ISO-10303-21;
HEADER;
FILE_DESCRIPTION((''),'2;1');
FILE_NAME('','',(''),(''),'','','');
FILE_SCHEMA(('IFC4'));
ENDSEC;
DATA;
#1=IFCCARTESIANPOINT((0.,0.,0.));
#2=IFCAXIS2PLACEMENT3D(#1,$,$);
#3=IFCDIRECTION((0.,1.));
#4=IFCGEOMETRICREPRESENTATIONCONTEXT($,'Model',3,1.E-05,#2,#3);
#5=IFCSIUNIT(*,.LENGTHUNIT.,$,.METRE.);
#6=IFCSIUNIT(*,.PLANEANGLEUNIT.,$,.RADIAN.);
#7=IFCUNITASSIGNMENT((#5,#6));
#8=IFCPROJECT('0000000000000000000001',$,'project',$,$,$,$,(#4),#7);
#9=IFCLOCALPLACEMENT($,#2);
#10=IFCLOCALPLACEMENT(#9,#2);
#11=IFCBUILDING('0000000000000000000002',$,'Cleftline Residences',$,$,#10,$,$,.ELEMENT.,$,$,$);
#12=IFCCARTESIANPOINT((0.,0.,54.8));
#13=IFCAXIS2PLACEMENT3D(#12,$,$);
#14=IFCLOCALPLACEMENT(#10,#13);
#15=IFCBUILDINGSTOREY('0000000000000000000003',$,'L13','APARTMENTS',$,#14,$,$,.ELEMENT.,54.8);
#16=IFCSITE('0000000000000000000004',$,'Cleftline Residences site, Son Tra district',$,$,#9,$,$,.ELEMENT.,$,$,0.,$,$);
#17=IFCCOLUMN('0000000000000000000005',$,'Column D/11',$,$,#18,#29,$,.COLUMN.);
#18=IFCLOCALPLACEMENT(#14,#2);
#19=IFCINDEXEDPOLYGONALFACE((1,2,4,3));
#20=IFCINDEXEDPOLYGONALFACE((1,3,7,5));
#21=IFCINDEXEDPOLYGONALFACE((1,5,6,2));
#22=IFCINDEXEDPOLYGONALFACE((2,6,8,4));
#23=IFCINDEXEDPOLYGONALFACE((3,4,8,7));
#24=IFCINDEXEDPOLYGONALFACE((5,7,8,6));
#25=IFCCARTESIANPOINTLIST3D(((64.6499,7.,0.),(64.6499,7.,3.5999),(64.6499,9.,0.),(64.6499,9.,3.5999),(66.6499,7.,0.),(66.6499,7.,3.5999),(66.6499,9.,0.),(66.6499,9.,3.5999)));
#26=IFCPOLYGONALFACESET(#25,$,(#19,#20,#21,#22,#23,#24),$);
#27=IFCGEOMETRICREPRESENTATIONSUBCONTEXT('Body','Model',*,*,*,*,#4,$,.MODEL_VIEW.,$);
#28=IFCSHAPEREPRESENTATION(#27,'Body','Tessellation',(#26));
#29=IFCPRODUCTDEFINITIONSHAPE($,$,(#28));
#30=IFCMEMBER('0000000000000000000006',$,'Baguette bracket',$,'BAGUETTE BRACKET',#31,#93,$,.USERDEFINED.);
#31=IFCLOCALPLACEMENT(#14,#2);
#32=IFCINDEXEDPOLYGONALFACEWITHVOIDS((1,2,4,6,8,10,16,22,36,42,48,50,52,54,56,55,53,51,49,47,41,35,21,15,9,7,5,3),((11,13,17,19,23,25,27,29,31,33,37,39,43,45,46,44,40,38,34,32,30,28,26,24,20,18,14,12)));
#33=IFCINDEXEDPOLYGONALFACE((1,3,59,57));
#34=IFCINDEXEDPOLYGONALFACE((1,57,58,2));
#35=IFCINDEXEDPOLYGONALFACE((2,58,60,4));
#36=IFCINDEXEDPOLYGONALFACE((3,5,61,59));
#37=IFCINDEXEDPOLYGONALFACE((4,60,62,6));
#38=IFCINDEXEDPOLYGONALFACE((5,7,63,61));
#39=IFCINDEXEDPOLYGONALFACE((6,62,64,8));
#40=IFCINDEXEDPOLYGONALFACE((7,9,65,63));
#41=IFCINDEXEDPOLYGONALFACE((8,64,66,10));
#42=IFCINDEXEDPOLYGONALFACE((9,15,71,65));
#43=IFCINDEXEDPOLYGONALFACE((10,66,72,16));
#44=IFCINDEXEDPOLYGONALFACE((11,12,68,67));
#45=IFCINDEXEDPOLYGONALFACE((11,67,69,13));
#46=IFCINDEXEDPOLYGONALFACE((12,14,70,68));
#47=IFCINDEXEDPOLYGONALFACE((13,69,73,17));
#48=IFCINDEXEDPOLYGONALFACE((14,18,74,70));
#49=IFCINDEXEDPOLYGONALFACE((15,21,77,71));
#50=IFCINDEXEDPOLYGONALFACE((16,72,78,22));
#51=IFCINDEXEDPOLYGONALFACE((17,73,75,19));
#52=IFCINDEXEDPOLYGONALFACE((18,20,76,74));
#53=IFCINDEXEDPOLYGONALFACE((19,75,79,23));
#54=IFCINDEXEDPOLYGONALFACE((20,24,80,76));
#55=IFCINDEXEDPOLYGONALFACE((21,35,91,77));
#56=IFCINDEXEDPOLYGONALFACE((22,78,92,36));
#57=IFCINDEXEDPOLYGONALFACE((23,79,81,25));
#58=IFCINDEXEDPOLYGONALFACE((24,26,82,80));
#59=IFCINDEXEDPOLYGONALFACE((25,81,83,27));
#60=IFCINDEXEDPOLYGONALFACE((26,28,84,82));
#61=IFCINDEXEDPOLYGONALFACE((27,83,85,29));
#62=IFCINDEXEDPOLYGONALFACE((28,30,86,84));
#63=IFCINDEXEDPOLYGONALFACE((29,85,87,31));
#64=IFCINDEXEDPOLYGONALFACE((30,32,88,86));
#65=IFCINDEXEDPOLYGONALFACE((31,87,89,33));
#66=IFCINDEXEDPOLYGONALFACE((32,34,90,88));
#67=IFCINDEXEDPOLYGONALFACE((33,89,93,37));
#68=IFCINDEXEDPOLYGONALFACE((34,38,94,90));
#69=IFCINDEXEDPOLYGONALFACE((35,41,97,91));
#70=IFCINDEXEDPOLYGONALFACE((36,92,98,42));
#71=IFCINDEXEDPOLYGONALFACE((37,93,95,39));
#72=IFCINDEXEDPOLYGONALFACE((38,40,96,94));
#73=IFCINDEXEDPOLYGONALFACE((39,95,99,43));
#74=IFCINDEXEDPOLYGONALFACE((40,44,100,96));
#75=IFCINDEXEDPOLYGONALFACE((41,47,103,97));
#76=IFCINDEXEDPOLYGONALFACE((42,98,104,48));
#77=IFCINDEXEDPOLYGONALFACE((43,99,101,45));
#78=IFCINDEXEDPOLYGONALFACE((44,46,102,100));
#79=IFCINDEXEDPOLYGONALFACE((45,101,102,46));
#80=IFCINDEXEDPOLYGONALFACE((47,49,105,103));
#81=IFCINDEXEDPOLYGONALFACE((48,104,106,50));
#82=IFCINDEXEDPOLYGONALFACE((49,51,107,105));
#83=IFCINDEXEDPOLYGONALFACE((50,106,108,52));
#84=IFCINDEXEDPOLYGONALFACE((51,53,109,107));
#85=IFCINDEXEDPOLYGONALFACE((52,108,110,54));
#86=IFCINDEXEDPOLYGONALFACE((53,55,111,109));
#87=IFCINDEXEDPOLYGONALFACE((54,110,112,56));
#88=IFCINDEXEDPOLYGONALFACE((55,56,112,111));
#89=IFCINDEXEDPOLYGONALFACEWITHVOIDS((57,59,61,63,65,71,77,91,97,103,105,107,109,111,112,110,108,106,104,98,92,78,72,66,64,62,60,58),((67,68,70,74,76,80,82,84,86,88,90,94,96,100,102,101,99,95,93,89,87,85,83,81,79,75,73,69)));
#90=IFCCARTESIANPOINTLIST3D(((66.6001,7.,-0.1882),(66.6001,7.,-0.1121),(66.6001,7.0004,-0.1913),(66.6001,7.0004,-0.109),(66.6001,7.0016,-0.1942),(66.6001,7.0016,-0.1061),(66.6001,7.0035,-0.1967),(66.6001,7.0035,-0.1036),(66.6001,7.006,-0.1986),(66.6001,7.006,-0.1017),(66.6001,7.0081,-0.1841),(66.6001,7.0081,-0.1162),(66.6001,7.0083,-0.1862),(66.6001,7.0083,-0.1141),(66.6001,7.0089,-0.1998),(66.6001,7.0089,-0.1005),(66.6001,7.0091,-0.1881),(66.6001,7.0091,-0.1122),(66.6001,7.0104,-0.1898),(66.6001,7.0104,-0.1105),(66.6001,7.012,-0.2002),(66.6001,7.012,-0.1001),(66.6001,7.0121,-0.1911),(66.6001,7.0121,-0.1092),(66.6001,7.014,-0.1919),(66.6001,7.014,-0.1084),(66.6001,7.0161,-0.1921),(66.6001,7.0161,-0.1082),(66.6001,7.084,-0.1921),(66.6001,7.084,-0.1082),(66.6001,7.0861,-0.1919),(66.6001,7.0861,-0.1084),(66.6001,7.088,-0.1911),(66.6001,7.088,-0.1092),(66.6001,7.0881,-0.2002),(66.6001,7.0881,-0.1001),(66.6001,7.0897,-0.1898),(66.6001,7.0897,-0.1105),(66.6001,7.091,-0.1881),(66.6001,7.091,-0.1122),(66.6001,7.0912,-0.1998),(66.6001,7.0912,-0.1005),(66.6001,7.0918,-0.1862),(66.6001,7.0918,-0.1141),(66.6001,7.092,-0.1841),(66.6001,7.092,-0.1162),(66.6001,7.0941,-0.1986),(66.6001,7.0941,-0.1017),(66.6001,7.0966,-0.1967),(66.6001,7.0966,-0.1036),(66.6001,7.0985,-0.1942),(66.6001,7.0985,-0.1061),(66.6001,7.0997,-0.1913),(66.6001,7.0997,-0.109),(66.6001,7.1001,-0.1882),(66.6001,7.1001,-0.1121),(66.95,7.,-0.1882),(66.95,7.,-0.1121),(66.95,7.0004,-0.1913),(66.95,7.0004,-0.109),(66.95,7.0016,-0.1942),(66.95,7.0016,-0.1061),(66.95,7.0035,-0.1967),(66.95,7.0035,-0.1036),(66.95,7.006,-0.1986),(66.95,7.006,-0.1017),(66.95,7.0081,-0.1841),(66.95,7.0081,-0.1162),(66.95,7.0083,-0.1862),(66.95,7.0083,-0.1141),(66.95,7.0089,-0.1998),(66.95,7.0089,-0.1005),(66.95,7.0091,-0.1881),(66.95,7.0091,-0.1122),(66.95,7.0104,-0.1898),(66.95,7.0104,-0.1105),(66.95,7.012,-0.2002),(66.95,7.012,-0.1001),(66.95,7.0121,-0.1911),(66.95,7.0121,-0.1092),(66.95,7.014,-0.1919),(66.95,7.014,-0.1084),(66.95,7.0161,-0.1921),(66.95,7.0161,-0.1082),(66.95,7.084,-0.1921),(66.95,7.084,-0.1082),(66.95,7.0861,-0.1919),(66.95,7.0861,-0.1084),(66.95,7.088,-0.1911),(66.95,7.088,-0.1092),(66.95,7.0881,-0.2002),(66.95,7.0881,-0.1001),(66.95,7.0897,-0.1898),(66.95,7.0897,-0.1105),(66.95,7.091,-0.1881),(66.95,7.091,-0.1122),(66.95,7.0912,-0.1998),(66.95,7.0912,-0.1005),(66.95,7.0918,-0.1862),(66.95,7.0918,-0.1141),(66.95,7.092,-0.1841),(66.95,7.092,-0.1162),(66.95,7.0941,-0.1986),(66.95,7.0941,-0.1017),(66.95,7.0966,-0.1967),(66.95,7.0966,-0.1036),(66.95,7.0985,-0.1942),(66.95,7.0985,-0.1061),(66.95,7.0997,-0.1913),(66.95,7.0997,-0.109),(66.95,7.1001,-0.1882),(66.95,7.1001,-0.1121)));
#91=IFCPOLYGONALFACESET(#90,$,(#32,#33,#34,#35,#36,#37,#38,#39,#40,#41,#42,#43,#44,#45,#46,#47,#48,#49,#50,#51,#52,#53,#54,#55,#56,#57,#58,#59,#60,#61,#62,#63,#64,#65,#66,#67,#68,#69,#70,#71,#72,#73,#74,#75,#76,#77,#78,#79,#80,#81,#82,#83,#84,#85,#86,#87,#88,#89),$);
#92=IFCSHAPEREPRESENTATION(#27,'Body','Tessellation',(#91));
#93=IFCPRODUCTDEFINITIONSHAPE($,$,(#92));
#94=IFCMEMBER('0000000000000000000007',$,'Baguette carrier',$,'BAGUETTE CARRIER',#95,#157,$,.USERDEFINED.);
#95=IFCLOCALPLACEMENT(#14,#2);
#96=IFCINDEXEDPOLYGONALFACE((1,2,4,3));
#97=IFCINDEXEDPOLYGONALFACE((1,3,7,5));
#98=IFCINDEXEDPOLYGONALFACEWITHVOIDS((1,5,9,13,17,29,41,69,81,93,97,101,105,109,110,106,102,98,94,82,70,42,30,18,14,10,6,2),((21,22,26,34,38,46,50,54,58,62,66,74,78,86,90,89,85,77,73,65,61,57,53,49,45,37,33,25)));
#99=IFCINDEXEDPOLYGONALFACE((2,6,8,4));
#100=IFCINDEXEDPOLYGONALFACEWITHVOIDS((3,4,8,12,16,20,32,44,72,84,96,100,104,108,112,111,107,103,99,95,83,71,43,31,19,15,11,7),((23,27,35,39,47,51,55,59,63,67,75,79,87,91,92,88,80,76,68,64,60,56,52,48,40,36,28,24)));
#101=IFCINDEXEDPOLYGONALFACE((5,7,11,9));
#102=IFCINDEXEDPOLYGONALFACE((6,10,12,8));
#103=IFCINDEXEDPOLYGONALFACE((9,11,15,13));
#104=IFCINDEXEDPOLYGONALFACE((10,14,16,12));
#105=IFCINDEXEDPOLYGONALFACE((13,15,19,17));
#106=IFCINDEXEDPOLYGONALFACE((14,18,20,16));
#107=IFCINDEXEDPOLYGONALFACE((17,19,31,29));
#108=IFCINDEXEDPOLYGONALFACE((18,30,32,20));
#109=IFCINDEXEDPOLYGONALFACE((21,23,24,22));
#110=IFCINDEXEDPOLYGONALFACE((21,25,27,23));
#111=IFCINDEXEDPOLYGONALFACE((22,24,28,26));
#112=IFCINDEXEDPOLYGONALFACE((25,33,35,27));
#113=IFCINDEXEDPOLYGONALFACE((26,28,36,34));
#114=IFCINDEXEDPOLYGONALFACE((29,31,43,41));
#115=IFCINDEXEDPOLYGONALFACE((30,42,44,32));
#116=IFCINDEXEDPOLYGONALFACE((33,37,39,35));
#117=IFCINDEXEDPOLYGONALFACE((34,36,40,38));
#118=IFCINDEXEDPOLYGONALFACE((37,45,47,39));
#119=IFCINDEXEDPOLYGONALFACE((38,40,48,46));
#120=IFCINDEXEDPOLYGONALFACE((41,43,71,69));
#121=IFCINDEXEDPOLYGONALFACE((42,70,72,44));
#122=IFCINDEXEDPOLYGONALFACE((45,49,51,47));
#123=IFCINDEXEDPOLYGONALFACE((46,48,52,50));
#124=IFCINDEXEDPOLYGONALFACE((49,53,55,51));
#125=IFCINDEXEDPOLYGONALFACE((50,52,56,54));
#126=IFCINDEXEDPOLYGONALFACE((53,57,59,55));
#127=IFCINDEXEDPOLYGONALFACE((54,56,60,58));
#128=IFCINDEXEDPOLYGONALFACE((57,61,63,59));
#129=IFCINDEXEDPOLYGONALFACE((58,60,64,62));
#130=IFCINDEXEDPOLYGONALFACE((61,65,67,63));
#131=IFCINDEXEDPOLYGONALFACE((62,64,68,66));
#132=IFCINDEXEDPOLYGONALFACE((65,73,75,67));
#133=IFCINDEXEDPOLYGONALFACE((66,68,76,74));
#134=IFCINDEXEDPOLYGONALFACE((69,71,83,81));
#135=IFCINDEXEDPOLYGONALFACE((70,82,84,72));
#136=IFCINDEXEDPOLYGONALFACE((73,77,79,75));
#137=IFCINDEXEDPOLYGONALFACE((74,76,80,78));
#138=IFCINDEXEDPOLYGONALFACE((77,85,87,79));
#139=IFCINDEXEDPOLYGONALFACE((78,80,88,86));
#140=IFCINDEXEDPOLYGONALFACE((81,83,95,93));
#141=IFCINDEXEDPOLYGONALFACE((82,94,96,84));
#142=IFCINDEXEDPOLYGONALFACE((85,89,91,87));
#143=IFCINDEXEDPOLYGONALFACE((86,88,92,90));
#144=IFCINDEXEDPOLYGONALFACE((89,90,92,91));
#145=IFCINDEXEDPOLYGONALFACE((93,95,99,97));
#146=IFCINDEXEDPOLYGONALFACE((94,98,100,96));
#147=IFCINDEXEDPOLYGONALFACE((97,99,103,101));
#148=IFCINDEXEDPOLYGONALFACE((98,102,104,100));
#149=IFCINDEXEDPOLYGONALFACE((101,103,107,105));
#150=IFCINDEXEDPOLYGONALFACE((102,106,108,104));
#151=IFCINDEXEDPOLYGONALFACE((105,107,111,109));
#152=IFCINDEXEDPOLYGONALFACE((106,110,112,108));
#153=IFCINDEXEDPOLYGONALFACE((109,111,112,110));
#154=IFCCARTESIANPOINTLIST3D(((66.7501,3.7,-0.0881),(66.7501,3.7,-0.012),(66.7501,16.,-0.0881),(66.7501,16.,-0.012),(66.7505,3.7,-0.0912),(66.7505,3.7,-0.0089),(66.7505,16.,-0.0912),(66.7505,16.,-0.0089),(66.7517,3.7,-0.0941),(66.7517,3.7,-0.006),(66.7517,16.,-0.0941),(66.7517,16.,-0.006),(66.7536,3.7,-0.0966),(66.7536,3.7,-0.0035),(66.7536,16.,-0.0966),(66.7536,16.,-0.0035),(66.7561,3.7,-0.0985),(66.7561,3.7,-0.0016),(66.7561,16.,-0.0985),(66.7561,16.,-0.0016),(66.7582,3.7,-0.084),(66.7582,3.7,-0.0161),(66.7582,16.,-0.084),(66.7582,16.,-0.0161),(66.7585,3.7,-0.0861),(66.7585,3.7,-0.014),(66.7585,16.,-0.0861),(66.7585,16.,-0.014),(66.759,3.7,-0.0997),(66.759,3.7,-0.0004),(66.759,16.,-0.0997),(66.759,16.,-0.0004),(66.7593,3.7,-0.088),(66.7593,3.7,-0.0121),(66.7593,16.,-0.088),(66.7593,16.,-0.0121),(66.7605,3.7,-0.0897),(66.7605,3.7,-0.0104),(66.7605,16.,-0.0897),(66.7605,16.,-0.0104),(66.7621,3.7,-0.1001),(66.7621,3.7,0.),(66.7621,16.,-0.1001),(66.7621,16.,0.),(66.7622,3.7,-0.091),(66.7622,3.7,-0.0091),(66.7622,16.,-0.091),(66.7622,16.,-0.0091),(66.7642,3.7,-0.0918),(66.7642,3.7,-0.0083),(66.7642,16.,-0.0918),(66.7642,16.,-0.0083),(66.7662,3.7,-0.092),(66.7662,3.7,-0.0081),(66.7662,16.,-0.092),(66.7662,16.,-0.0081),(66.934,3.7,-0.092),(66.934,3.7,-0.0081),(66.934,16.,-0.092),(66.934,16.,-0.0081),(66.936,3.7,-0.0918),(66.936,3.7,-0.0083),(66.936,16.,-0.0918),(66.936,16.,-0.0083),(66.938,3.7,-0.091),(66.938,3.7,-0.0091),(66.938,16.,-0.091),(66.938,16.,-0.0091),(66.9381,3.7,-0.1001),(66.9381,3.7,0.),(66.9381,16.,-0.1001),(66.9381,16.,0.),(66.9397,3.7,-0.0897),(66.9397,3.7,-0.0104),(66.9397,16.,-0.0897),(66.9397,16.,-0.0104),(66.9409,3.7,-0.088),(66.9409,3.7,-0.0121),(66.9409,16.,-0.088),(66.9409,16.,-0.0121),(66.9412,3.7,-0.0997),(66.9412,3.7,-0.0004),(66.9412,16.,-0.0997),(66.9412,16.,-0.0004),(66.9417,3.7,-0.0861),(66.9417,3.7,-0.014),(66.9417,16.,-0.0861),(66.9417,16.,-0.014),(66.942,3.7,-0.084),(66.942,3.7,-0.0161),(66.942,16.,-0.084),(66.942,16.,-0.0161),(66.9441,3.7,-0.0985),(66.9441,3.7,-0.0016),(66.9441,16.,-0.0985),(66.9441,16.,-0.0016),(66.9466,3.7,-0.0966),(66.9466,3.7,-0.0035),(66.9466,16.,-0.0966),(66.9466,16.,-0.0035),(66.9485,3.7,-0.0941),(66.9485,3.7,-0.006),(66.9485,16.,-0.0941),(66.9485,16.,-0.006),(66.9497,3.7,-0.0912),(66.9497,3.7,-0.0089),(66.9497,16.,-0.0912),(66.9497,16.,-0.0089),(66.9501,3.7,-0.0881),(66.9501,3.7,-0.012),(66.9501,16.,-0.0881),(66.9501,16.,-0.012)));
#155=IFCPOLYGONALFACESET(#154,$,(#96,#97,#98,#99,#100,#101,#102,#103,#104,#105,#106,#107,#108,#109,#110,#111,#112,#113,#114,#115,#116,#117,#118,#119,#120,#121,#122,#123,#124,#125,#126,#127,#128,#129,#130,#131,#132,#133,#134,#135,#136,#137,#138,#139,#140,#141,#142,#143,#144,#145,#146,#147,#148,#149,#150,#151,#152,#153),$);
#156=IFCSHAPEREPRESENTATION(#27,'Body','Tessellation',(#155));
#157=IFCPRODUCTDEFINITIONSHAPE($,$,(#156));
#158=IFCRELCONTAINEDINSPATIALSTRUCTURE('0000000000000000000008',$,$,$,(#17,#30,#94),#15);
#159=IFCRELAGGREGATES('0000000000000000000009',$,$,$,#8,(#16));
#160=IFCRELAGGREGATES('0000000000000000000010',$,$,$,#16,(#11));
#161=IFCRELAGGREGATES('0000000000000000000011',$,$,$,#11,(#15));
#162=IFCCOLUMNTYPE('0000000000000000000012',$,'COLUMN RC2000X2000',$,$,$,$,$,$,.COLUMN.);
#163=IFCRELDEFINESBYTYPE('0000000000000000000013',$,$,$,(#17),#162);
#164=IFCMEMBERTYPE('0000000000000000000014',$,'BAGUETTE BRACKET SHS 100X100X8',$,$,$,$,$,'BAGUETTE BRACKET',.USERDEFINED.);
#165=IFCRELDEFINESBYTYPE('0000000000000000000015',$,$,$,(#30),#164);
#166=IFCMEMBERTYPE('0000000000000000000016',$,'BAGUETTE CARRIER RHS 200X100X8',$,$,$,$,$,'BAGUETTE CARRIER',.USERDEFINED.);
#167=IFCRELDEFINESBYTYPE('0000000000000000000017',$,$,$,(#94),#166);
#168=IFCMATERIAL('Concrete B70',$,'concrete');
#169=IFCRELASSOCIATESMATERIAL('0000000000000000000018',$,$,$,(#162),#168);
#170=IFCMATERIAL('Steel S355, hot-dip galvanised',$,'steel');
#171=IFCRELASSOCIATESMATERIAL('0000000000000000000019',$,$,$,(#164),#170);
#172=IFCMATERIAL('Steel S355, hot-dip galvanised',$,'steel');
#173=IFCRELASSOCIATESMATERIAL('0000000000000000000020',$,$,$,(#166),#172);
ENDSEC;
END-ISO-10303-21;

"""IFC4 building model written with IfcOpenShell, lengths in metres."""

from ifc_helpers import new_model, si_unit, direction, frame, origin, origin_2d, place, context, subcontext, project, spatial, rectangle, hollow_rectangle, extrude, material, material_profile, profile_set, type_object, element, save


model = new_model("IFC4")

# Units and contexts
model_context = context("Model", 3, precision=1e-05, world=origin(), true_north=direction((0.0, 1.0)))
body_context = subcontext(model_context, "Body", "Model", "MODEL_VIEW")
ifc_project = project(units=[si_unit("LENGTHUNIT", "METRE"), si_unit("PLANEANGLEUNIT", "RADIAN")], contexts=[model_context])

# Site, building, storey
site_placement = place(None, origin())
site = spatial("IfcSite", under=ifc_project, at=site_placement, Name="Cleftline Residences site, Son Tra district", CompositionType="ELEMENT", RefElevation=0.0)
building_placement = place(site_placement, origin())
building = spatial("IfcBuilding", under=site, at=building_placement, Name="Cleftline Residences", CompositionType="ELEMENT")
storey_placement = place(building_placement, frame((0.0, 0.0, 54.8)))
storey = spatial("IfcBuildingStorey", under=building, at=storey_placement, Name="L13", Description="APARTMENTS", CompositionType="ELEMENT", Elevation=54.8)

# Column
ifc_material_1 = material(Name="Concrete B70", Category="concrete")
ifc_material_profile_1 = material_profile(ifc_material_1, rectangle(XDim=2.0, YDim=2.0, at=origin_2d()))
ifc_profile_set_1 = profile_set([ifc_material_profile_1], Name="Concrete B70")
column_type = type_object("IfcColumnType", Name="COLUMN RC2000X2000", PredefinedType="COLUMN", material=ifc_profile_set_1)
column_placement = place(storey_placement, frame((65.6499, 8.0, 0.0), z_axis=(0.0, 0.0, 1.0), x_axis=(1.0, 0.0, 0.0)))
element("IfcColumn", 1, at=column_placement, inside=storey, type_object=column_type, Name="Column D/11", PredefinedType="COLUMN", context=body_context, shape_type="SweptSolid", body=[
    extrude(rectangle(XDim=2.0, YDim=2.0, at=origin_2d()), origin(), (0.0, 0.0, 1.0), 3.5999),
])

# Members
ifc_material_2 = material(Name="Steel S355, hot-dip galvanised", Category="steel")
ifc_material_profile_2 = material_profile(ifc_material_2, hollow_rectangle(XDim=0.1001, YDim=0.1001, WallThickness=0.0081, InnerFilletRadius=0.0081, OuterFilletRadius=0.012, at=origin_2d()))
ifc_profile_set_2 = profile_set([ifc_material_profile_2], Name="Steel S355, hot-dip galvanised")
member_type_1 = type_object("IfcMemberType", Name="BAGUETTE BRACKET SHS 100X100X8", ElementType="BAGUETTE BRACKET", PredefinedType="USERDEFINED", material=ifc_profile_set_2)
member_1_placement = place(storey_placement, frame((66.6001, 7.05, -0.1501), z_axis=(1.0, 0.0, 0.0), x_axis=(0.0, 1.0, 0.0)))
element("IfcMember", 2, at=member_1_placement, inside=storey, type_object=member_type_1, Name="Baguette bracket", ObjectType="BAGUETTE BRACKET", PredefinedType="USERDEFINED", context=body_context, shape_type="SweptSolid", body=[
    extrude(hollow_rectangle(XDim=0.1001, YDim=0.1001, WallThickness=0.0081, InnerFilletRadius=0.0081, OuterFilletRadius=0.012, at=origin_2d()), origin(), (0.0, 0.0, 1.0), 0.3499),
])
ifc_material_3 = material(Name="Steel S355, hot-dip galvanised", Category="steel")
ifc_material_profile_3 = material_profile(ifc_material_3, hollow_rectangle(XDim=0.1001, YDim=0.2, WallThickness=0.0081, InnerFilletRadius=0.0081, OuterFilletRadius=0.012, at=origin_2d()))
ifc_profile_set_3 = profile_set([ifc_material_profile_3], Name="Steel S355, hot-dip galvanised")
member_type_2 = type_object("IfcMemberType", Name="BAGUETTE CARRIER RHS 200X100X8", ElementType="BAGUETTE CARRIER", PredefinedType="USERDEFINED", material=ifc_profile_set_3)
member_2_placement = place(storey_placement, frame((66.8501, 3.7, -0.05), z_axis=(0.0, 1.0, 0.0), x_axis=(0.0, 0.0, 1.0)))
element("IfcMember", 3, at=member_2_placement, inside=storey, type_object=member_type_2, Name="Baguette carrier", ObjectType="BAGUETTE CARRIER", PredefinedType="USERDEFINED", context=body_context, shape_type="SweptSolid", body=[
    extrude(hollow_rectangle(XDim=0.1001, YDim=0.2, WallThickness=0.0081, InnerFilletRadius=0.0081, OuterFilletRadius=0.012, at=origin_2d()), origin(), (0.0, 0.0, 1.0), 12.3),
])

save(model, "model.ifc")
